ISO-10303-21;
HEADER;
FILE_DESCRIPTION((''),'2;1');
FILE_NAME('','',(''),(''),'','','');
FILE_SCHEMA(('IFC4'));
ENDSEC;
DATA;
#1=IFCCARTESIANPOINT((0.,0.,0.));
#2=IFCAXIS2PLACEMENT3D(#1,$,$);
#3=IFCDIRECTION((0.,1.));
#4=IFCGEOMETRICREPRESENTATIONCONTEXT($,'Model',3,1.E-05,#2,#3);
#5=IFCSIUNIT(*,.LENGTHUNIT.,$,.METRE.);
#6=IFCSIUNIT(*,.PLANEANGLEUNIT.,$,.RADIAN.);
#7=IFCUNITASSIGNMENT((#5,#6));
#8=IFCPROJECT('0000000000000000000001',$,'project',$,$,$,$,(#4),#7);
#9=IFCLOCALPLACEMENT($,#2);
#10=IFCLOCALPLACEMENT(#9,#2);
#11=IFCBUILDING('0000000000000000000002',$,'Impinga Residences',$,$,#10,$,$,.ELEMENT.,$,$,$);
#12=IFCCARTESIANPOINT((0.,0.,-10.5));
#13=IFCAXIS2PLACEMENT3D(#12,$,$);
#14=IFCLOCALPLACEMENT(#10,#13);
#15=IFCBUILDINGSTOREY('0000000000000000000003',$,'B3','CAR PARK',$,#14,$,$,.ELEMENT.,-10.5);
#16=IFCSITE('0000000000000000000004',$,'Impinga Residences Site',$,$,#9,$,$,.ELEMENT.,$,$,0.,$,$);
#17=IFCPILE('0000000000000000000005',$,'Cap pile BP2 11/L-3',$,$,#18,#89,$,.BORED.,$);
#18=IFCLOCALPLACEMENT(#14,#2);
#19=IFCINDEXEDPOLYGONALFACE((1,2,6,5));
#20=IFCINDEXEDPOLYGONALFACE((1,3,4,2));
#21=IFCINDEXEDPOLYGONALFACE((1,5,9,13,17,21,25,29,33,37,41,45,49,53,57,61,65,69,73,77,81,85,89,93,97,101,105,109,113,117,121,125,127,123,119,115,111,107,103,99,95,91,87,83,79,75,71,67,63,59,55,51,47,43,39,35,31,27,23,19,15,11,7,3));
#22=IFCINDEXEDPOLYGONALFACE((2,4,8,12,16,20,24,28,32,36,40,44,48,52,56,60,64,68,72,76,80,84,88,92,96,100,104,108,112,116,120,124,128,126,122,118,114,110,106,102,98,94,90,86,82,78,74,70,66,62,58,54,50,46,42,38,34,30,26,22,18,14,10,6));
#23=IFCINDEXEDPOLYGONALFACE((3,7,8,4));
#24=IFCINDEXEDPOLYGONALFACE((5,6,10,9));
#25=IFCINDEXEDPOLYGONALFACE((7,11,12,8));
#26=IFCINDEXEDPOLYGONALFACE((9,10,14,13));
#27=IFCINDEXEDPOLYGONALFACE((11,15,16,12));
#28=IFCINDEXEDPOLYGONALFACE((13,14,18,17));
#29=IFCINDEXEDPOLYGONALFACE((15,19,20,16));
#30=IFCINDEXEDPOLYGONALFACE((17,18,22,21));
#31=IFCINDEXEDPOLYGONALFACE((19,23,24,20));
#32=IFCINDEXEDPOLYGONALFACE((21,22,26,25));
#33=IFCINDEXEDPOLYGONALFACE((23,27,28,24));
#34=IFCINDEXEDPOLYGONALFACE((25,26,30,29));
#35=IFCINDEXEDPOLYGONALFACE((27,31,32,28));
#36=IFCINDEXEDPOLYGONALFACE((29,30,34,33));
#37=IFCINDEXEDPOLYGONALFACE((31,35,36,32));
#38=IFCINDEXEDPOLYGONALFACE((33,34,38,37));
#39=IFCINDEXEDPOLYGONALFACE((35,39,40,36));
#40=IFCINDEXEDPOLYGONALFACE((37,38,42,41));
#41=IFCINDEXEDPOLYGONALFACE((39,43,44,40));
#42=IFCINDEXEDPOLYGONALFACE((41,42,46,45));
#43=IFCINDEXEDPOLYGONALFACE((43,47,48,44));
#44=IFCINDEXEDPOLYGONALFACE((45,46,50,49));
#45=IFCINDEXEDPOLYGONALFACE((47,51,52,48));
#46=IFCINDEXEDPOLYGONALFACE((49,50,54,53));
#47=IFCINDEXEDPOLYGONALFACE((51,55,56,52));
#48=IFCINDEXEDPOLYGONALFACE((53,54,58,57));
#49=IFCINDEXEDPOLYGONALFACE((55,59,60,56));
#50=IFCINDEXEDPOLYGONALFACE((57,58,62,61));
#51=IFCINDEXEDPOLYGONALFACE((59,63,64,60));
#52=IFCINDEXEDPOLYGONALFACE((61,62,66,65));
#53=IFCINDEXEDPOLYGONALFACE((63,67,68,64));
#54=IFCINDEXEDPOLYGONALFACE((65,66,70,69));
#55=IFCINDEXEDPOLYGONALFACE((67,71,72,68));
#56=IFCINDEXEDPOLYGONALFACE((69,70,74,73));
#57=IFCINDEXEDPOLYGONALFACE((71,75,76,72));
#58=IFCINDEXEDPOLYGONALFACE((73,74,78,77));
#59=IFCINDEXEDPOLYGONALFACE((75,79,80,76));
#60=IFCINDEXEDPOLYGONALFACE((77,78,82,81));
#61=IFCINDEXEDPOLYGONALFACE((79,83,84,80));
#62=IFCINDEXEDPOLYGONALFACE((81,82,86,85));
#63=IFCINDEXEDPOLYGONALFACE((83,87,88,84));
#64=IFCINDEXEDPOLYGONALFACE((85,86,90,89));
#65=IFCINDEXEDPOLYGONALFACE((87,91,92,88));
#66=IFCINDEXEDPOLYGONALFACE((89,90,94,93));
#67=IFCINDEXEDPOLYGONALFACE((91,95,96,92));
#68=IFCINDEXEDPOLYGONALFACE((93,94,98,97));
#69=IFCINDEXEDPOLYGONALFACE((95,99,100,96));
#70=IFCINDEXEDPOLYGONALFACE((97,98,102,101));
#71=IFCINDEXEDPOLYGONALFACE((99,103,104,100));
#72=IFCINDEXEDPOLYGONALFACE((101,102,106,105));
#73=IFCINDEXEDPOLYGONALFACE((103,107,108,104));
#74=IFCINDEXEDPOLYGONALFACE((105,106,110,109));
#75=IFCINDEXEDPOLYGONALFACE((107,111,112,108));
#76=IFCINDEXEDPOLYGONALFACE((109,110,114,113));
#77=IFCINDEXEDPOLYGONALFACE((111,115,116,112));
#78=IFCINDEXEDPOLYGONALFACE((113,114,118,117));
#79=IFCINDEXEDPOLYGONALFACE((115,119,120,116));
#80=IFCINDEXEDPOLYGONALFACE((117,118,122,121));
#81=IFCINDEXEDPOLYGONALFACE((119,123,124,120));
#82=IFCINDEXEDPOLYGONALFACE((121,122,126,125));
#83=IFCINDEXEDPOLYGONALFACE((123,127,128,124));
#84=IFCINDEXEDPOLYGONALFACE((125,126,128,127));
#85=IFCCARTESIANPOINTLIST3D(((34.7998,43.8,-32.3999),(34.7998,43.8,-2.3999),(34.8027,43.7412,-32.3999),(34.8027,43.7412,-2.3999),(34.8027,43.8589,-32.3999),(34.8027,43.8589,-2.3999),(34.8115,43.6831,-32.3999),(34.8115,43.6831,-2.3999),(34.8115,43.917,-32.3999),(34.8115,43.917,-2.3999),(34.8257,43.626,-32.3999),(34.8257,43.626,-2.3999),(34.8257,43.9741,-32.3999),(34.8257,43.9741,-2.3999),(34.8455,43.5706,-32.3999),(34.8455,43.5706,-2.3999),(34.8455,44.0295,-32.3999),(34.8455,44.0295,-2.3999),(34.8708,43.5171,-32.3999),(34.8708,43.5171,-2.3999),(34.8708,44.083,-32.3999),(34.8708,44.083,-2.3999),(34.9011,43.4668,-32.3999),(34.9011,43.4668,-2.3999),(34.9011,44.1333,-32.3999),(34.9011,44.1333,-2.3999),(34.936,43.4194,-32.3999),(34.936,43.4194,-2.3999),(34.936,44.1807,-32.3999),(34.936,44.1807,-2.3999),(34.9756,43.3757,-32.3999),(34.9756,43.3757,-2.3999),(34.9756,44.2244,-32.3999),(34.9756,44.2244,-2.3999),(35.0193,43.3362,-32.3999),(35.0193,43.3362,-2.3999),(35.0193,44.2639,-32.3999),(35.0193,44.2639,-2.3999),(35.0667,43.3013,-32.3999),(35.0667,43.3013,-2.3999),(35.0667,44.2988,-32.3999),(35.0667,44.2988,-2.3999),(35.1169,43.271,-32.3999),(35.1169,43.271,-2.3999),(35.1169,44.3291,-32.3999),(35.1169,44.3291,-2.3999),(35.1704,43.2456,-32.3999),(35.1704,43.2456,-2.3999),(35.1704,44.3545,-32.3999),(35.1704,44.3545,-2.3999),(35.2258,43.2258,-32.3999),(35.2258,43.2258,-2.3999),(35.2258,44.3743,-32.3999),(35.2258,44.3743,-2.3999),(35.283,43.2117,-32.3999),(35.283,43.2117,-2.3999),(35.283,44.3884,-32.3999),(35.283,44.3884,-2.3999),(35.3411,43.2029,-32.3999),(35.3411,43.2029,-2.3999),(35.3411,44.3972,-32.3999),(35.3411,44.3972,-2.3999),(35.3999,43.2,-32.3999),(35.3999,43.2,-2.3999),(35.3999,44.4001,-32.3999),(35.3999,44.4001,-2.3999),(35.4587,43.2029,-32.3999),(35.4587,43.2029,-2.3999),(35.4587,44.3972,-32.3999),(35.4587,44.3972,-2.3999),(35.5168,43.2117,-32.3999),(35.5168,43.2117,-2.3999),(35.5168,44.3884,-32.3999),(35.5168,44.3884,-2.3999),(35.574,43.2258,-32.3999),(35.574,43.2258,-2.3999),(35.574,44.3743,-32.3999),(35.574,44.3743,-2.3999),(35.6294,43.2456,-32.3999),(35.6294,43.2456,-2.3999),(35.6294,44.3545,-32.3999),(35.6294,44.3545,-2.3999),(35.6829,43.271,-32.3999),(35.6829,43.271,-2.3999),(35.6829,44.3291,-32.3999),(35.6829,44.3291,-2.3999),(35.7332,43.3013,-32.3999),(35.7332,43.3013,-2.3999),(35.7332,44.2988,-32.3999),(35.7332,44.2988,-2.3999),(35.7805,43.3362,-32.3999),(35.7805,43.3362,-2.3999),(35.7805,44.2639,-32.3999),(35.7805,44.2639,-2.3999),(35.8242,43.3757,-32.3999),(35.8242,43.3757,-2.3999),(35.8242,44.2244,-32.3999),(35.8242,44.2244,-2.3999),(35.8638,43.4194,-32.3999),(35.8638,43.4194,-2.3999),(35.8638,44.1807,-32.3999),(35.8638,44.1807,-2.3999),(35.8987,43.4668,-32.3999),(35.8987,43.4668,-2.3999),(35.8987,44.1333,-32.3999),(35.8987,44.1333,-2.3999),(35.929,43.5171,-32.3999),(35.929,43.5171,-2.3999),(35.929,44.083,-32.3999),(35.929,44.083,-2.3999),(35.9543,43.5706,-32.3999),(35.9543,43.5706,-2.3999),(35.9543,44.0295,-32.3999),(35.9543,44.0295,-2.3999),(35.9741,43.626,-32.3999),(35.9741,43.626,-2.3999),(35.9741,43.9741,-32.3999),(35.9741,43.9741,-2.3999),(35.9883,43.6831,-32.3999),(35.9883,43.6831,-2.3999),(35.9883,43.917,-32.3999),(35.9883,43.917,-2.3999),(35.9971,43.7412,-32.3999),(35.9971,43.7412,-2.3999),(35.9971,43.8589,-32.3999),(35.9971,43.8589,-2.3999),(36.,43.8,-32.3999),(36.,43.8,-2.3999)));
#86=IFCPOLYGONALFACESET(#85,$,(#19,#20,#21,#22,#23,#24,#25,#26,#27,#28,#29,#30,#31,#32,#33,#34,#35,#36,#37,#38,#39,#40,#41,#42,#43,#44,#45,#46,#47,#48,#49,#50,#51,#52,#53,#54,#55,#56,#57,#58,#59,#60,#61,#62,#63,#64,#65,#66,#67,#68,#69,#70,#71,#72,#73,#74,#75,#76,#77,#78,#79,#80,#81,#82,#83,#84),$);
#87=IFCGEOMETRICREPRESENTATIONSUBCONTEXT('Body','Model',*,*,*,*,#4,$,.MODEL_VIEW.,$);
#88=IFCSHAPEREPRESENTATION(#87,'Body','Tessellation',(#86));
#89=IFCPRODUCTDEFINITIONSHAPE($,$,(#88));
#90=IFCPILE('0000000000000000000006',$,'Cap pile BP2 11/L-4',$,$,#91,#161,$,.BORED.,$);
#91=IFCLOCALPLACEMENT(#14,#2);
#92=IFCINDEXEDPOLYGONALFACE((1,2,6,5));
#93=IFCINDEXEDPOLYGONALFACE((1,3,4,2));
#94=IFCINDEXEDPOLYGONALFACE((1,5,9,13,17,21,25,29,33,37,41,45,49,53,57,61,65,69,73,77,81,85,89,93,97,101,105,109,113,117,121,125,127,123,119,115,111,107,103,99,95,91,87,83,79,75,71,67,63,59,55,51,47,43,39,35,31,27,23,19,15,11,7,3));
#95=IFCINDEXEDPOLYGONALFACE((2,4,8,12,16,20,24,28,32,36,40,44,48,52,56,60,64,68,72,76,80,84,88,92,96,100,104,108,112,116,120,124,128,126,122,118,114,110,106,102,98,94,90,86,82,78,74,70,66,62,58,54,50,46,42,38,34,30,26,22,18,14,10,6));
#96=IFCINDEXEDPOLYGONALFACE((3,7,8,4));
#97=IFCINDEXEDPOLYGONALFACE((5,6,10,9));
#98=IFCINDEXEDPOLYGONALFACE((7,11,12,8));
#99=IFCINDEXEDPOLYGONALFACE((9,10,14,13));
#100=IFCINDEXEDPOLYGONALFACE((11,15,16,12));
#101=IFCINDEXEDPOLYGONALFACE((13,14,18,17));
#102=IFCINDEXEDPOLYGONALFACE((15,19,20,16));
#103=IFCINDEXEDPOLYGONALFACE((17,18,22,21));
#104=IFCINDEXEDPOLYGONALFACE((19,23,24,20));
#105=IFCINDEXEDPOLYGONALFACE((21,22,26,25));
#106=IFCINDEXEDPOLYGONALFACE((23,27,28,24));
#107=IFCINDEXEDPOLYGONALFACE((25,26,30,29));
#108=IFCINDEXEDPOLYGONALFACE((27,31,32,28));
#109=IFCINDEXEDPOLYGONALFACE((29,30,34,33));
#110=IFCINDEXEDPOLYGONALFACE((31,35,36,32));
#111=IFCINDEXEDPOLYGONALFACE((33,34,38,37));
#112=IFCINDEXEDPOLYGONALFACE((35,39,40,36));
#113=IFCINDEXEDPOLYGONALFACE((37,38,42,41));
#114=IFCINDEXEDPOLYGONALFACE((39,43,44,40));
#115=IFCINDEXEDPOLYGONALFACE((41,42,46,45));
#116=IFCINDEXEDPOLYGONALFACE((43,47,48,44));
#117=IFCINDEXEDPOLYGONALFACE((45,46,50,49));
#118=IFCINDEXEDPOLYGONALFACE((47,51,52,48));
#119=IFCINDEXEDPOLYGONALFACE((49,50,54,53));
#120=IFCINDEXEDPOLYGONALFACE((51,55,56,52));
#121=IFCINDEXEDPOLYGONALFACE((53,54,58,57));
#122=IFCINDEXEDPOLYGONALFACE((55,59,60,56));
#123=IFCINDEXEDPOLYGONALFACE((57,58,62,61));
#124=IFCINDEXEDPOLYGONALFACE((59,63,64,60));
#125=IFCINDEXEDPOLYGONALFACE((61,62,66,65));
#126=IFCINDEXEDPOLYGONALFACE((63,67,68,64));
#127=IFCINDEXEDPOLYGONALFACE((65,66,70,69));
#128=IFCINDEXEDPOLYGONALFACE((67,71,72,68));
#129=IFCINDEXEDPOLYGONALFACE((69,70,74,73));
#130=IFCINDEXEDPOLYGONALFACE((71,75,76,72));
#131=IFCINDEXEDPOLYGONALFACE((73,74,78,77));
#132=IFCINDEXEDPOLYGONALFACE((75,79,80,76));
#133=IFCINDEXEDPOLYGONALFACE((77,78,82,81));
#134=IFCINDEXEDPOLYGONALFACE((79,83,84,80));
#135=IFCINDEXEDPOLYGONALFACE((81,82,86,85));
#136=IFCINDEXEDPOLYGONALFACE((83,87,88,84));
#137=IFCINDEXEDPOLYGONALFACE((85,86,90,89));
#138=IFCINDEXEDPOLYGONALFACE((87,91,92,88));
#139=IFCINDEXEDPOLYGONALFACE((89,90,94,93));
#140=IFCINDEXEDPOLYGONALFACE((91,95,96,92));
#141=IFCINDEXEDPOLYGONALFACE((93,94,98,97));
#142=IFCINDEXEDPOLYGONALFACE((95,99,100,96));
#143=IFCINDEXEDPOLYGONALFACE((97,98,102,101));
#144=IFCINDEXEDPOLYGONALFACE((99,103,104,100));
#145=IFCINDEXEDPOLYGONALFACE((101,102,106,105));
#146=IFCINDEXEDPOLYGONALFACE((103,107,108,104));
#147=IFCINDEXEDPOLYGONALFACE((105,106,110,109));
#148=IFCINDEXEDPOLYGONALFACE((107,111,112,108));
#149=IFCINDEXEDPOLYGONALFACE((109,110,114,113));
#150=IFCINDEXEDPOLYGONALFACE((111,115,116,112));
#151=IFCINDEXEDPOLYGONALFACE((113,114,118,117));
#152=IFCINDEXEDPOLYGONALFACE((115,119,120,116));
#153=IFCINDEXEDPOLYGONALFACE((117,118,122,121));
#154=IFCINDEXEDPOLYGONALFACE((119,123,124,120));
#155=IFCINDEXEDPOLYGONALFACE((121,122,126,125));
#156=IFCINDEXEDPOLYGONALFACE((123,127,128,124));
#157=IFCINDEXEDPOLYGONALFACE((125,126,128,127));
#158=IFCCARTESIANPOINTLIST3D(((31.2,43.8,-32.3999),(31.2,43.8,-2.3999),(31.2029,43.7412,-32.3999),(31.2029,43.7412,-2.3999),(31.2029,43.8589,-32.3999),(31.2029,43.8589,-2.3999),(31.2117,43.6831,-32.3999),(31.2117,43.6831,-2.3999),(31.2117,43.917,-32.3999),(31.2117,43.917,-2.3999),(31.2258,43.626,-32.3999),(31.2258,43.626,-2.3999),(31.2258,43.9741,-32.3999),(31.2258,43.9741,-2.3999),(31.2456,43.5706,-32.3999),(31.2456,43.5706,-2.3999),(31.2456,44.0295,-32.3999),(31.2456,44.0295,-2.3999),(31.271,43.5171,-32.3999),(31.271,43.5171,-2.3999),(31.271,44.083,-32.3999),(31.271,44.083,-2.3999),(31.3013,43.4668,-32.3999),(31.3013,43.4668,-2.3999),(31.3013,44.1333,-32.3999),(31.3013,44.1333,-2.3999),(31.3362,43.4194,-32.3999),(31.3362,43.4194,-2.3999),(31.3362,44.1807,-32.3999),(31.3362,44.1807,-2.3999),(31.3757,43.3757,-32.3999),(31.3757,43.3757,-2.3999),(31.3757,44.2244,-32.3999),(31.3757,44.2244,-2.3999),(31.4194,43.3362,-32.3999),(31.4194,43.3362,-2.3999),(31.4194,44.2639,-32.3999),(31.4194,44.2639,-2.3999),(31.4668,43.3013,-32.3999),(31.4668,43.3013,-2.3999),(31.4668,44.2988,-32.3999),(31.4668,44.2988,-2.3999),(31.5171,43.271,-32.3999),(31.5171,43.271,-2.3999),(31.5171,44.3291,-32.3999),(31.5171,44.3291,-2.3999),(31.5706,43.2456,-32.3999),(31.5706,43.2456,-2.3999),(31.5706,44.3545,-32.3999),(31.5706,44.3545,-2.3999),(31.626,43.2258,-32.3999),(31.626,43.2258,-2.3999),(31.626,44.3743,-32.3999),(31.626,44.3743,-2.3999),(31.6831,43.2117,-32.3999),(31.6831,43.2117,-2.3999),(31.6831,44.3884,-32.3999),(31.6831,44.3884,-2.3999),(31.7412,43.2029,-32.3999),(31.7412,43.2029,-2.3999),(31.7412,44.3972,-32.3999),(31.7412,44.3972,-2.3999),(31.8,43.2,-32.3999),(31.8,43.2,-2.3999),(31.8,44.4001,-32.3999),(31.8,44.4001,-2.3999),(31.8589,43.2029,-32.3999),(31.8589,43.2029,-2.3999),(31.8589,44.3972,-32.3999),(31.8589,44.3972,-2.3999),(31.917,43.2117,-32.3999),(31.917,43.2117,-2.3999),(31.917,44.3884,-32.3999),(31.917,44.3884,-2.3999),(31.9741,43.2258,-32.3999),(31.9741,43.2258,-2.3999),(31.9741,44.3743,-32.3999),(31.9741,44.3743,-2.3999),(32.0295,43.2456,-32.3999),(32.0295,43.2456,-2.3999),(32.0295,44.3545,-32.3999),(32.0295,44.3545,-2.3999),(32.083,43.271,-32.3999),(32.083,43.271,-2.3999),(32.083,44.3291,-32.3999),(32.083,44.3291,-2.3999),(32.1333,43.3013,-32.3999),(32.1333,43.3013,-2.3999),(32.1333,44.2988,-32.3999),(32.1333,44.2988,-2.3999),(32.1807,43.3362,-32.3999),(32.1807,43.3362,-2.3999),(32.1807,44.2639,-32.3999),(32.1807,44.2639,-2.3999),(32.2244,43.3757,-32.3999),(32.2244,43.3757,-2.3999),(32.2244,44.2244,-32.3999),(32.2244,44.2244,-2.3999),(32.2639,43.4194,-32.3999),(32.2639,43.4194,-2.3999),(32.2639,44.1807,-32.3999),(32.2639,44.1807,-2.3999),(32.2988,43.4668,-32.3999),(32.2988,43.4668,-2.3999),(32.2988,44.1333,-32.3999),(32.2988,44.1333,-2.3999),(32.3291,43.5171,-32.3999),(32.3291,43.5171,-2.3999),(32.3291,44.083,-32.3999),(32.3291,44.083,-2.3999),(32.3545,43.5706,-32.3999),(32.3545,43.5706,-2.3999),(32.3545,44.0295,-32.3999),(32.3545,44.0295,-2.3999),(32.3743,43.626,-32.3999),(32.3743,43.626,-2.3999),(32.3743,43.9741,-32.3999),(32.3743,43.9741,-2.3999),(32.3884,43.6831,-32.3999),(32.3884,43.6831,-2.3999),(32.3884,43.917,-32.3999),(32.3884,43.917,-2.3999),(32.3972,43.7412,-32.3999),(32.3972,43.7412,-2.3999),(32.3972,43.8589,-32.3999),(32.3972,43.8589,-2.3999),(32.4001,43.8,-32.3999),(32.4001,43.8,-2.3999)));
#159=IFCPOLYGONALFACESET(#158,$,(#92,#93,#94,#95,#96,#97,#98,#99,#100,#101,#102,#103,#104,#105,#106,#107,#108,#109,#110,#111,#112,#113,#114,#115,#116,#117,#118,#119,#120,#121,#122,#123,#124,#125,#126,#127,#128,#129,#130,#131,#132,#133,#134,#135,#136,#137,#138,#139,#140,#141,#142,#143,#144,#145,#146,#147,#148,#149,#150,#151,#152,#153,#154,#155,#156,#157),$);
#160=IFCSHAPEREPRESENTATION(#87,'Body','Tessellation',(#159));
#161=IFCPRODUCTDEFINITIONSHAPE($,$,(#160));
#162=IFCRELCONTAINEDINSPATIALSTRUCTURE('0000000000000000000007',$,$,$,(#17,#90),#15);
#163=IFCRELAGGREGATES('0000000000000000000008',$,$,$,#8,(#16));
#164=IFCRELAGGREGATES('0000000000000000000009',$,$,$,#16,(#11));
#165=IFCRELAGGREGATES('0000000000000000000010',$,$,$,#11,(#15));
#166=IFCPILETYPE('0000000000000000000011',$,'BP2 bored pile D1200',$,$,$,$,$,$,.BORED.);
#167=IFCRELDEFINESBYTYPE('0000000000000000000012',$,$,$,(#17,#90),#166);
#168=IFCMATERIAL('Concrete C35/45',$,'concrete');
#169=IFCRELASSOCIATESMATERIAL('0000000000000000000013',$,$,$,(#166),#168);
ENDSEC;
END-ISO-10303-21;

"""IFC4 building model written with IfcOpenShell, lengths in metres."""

from ifc_helpers import new_model, si_unit, direction, frame, origin, origin_2d, place, context, subcontext, project, spatial, polyline, circle, outline, extrude, material, material_profile, profile_set, type_object, element, save


model = new_model("IFC4")

# Units and contexts
model_context = context("Model", 3, precision=1e-05, world=origin(), true_north=direction((0.0, 1.0)))
body_context = subcontext(model_context, "Body", "Model", "MODEL_VIEW")
ifc_project = project(units=[si_unit("LENGTHUNIT", "METRE"), si_unit("PLANEANGLEUNIT", "RADIAN")], contexts=[model_context])

# Site, building, storey
site_placement = place(None, origin())
site = spatial("IfcSite", under=ifc_project, at=site_placement, Name="Impinga Residences Site", CompositionType="ELEMENT", RefElevation=0.0)
building_placement = place(site_placement, origin())
building = spatial("IfcBuilding", under=site, at=building_placement, Name="Impinga Residences", CompositionType="ELEMENT")
storey_placement = place(building_placement, frame((0.0, 0.0, -10.5)))
storey = spatial("IfcBuildingStorey", under=building, at=storey_placement, Name="B3", Description="CAR PARK", CompositionType="ELEMENT", Elevation=-10.5)

# Piles
ifc_material_1 = material(Name="Concrete C35/45", Category="concrete")
ifc_material_profile_1 = material_profile(ifc_material_1, circle(Radius=0.6001, at=origin_2d()), Name="D1200")
ifc_profile_set_1 = profile_set([ifc_material_profile_1], Name="Concrete C35/45")
pile_type = type_object("IfcPileType", Name="BP2 bored pile D1200", PredefinedType="BORED", material=ifc_profile_set_1)
pile_1_placement = place(storey_placement, frame((35.3999, 43.8, -2.3999), z_axis=(0.0, 0.0, -1.0), x_axis=(1.0, 0.0, 0.0)))
element("IfcPile", 1, at=pile_1_placement, inside=storey, type_object=pile_type, Name="Cap pile BP2 11/L-3", PredefinedType="BORED", context=body_context, shape_type="SweptSolid", body=[
    extrude(outline(polyline([(0.6001, 0.0), (0.5972, 0.0588), (0.5884, 0.1169), (0.5742, 0.1741), (0.5544, 0.2295), (0.5291, 0.283), (0.4988, 0.3333), (0.4639, 0.3806), (0.4243, 0.4243), (0.3806, 0.4639), (0.3333, 0.4988), (0.283, 0.5291), (0.2295, 0.5544), (0.1741, 0.5742), (0.1169, 0.5884), (0.0588, 0.5972), (0.0, 0.6001), (-0.0588, 0.5972), (-0.1169, 0.5884), (-0.1741, 0.5742), (-0.2295, 0.5544), (-0.283, 0.5291), (-0.3333, 0.4988), (-0.3806, 0.4639), (-0.4243, 0.4243), (-0.4639, 0.3806), (-0.4988, 0.3333), (-0.5291, 0.283), (-0.5544, 0.2295), (-0.5742, 0.1741), (-0.5884, 0.1169), (-0.5972, 0.0588), (-0.6001, 0.0), (-0.5972, -0.0588), (-0.5884, -0.1169), (-0.5742, -0.1741), (-0.5544, -0.2295), (-0.5291, -0.283), (-0.4988, -0.3333), (-0.4639, -0.3806), (-0.4243, -0.4243), (-0.3806, -0.4639), (-0.3333, -0.4988), (-0.283, -0.5291), (-0.2295, -0.5544), (-0.1741, -0.5742), (-0.1169, -0.5884), (-0.0588, -0.5972), (0.0, -0.6001), (0.0588, -0.5972), (0.1169, -0.5884), (0.1741, -0.5742), (0.2295, -0.5544), (0.283, -0.5291), (0.3333, -0.4988), (0.3806, -0.4639), (0.4243, -0.4243), (0.4639, -0.3806), (0.4988, -0.3333), (0.5291, -0.283), (0.5544, -0.2295), (0.5742, -0.1741), (0.5884, -0.1169), (0.5972, -0.0588), (0.6001, 0.0)])), origin(), (0.0, 0.0, 1.0), 30.0),
])
pile_2_placement = place(storey_placement, frame((31.8, 43.8, -2.3999), z_axis=(0.0, 0.0, -1.0), x_axis=(1.0, 0.0, 0.0)))
element("IfcPile", 2, at=pile_2_placement, inside=storey, type_object=pile_type, Name="Cap pile BP2 11/L-4", PredefinedType="BORED", context=body_context, shape_type="SweptSolid", body=[
    extrude(outline(polyline([(0.6001, 0.0), (0.5972, 0.0588), (0.5884, 0.1169), (0.5742, 0.1741), (0.5544, 0.2295), (0.5291, 0.283), (0.4988, 0.3333), (0.4639, 0.3806), (0.4243, 0.4243), (0.3806, 0.4639), (0.3333, 0.4988), (0.283, 0.5291), (0.2295, 0.5544), (0.1741, 0.5742), (0.1169, 0.5884), (0.0588, 0.5972), (0.0, 0.6001), (-0.0588, 0.5972), (-0.1169, 0.5884), (-0.1741, 0.5742), (-0.2295, 0.5544), (-0.283, 0.5291), (-0.3333, 0.4988), (-0.3806, 0.4639), (-0.4243, 0.4243), (-0.4639, 0.3806), (-0.4988, 0.3333), (-0.5291, 0.283), (-0.5544, 0.2295), (-0.5742, 0.1741), (-0.5884, 0.1169), (-0.5972, 0.0588), (-0.6001, 0.0), (-0.5972, -0.0588), (-0.5884, -0.1169), (-0.5742, -0.1741), (-0.5544, -0.2295), (-0.5291, -0.283), (-0.4988, -0.3333), (-0.4639, -0.3806), (-0.4243, -0.4243), (-0.3806, -0.4639), (-0.3333, -0.4988), (-0.283, -0.5291), (-0.2295, -0.5544), (-0.1741, -0.5742), (-0.1169, -0.5884), (-0.0588, -0.5972), (0.0, -0.6001), (0.0588, -0.5972), (0.1169, -0.5884), (0.1741, -0.5742), (0.2295, -0.5544), (0.283, -0.5291), (0.3333, -0.4988), (0.3806, -0.4639), (0.4243, -0.4243), (0.4639, -0.3806), (0.4988, -0.3333), (0.5291, -0.283), (0.5544, -0.2295), (0.5742, -0.1741), (0.5884, -0.1169), (0.5972, -0.0588), (0.6001, 0.0)])), origin(), (0.0, 0.0, 1.0), 30.0),
])

save(model, "model.ifc")
